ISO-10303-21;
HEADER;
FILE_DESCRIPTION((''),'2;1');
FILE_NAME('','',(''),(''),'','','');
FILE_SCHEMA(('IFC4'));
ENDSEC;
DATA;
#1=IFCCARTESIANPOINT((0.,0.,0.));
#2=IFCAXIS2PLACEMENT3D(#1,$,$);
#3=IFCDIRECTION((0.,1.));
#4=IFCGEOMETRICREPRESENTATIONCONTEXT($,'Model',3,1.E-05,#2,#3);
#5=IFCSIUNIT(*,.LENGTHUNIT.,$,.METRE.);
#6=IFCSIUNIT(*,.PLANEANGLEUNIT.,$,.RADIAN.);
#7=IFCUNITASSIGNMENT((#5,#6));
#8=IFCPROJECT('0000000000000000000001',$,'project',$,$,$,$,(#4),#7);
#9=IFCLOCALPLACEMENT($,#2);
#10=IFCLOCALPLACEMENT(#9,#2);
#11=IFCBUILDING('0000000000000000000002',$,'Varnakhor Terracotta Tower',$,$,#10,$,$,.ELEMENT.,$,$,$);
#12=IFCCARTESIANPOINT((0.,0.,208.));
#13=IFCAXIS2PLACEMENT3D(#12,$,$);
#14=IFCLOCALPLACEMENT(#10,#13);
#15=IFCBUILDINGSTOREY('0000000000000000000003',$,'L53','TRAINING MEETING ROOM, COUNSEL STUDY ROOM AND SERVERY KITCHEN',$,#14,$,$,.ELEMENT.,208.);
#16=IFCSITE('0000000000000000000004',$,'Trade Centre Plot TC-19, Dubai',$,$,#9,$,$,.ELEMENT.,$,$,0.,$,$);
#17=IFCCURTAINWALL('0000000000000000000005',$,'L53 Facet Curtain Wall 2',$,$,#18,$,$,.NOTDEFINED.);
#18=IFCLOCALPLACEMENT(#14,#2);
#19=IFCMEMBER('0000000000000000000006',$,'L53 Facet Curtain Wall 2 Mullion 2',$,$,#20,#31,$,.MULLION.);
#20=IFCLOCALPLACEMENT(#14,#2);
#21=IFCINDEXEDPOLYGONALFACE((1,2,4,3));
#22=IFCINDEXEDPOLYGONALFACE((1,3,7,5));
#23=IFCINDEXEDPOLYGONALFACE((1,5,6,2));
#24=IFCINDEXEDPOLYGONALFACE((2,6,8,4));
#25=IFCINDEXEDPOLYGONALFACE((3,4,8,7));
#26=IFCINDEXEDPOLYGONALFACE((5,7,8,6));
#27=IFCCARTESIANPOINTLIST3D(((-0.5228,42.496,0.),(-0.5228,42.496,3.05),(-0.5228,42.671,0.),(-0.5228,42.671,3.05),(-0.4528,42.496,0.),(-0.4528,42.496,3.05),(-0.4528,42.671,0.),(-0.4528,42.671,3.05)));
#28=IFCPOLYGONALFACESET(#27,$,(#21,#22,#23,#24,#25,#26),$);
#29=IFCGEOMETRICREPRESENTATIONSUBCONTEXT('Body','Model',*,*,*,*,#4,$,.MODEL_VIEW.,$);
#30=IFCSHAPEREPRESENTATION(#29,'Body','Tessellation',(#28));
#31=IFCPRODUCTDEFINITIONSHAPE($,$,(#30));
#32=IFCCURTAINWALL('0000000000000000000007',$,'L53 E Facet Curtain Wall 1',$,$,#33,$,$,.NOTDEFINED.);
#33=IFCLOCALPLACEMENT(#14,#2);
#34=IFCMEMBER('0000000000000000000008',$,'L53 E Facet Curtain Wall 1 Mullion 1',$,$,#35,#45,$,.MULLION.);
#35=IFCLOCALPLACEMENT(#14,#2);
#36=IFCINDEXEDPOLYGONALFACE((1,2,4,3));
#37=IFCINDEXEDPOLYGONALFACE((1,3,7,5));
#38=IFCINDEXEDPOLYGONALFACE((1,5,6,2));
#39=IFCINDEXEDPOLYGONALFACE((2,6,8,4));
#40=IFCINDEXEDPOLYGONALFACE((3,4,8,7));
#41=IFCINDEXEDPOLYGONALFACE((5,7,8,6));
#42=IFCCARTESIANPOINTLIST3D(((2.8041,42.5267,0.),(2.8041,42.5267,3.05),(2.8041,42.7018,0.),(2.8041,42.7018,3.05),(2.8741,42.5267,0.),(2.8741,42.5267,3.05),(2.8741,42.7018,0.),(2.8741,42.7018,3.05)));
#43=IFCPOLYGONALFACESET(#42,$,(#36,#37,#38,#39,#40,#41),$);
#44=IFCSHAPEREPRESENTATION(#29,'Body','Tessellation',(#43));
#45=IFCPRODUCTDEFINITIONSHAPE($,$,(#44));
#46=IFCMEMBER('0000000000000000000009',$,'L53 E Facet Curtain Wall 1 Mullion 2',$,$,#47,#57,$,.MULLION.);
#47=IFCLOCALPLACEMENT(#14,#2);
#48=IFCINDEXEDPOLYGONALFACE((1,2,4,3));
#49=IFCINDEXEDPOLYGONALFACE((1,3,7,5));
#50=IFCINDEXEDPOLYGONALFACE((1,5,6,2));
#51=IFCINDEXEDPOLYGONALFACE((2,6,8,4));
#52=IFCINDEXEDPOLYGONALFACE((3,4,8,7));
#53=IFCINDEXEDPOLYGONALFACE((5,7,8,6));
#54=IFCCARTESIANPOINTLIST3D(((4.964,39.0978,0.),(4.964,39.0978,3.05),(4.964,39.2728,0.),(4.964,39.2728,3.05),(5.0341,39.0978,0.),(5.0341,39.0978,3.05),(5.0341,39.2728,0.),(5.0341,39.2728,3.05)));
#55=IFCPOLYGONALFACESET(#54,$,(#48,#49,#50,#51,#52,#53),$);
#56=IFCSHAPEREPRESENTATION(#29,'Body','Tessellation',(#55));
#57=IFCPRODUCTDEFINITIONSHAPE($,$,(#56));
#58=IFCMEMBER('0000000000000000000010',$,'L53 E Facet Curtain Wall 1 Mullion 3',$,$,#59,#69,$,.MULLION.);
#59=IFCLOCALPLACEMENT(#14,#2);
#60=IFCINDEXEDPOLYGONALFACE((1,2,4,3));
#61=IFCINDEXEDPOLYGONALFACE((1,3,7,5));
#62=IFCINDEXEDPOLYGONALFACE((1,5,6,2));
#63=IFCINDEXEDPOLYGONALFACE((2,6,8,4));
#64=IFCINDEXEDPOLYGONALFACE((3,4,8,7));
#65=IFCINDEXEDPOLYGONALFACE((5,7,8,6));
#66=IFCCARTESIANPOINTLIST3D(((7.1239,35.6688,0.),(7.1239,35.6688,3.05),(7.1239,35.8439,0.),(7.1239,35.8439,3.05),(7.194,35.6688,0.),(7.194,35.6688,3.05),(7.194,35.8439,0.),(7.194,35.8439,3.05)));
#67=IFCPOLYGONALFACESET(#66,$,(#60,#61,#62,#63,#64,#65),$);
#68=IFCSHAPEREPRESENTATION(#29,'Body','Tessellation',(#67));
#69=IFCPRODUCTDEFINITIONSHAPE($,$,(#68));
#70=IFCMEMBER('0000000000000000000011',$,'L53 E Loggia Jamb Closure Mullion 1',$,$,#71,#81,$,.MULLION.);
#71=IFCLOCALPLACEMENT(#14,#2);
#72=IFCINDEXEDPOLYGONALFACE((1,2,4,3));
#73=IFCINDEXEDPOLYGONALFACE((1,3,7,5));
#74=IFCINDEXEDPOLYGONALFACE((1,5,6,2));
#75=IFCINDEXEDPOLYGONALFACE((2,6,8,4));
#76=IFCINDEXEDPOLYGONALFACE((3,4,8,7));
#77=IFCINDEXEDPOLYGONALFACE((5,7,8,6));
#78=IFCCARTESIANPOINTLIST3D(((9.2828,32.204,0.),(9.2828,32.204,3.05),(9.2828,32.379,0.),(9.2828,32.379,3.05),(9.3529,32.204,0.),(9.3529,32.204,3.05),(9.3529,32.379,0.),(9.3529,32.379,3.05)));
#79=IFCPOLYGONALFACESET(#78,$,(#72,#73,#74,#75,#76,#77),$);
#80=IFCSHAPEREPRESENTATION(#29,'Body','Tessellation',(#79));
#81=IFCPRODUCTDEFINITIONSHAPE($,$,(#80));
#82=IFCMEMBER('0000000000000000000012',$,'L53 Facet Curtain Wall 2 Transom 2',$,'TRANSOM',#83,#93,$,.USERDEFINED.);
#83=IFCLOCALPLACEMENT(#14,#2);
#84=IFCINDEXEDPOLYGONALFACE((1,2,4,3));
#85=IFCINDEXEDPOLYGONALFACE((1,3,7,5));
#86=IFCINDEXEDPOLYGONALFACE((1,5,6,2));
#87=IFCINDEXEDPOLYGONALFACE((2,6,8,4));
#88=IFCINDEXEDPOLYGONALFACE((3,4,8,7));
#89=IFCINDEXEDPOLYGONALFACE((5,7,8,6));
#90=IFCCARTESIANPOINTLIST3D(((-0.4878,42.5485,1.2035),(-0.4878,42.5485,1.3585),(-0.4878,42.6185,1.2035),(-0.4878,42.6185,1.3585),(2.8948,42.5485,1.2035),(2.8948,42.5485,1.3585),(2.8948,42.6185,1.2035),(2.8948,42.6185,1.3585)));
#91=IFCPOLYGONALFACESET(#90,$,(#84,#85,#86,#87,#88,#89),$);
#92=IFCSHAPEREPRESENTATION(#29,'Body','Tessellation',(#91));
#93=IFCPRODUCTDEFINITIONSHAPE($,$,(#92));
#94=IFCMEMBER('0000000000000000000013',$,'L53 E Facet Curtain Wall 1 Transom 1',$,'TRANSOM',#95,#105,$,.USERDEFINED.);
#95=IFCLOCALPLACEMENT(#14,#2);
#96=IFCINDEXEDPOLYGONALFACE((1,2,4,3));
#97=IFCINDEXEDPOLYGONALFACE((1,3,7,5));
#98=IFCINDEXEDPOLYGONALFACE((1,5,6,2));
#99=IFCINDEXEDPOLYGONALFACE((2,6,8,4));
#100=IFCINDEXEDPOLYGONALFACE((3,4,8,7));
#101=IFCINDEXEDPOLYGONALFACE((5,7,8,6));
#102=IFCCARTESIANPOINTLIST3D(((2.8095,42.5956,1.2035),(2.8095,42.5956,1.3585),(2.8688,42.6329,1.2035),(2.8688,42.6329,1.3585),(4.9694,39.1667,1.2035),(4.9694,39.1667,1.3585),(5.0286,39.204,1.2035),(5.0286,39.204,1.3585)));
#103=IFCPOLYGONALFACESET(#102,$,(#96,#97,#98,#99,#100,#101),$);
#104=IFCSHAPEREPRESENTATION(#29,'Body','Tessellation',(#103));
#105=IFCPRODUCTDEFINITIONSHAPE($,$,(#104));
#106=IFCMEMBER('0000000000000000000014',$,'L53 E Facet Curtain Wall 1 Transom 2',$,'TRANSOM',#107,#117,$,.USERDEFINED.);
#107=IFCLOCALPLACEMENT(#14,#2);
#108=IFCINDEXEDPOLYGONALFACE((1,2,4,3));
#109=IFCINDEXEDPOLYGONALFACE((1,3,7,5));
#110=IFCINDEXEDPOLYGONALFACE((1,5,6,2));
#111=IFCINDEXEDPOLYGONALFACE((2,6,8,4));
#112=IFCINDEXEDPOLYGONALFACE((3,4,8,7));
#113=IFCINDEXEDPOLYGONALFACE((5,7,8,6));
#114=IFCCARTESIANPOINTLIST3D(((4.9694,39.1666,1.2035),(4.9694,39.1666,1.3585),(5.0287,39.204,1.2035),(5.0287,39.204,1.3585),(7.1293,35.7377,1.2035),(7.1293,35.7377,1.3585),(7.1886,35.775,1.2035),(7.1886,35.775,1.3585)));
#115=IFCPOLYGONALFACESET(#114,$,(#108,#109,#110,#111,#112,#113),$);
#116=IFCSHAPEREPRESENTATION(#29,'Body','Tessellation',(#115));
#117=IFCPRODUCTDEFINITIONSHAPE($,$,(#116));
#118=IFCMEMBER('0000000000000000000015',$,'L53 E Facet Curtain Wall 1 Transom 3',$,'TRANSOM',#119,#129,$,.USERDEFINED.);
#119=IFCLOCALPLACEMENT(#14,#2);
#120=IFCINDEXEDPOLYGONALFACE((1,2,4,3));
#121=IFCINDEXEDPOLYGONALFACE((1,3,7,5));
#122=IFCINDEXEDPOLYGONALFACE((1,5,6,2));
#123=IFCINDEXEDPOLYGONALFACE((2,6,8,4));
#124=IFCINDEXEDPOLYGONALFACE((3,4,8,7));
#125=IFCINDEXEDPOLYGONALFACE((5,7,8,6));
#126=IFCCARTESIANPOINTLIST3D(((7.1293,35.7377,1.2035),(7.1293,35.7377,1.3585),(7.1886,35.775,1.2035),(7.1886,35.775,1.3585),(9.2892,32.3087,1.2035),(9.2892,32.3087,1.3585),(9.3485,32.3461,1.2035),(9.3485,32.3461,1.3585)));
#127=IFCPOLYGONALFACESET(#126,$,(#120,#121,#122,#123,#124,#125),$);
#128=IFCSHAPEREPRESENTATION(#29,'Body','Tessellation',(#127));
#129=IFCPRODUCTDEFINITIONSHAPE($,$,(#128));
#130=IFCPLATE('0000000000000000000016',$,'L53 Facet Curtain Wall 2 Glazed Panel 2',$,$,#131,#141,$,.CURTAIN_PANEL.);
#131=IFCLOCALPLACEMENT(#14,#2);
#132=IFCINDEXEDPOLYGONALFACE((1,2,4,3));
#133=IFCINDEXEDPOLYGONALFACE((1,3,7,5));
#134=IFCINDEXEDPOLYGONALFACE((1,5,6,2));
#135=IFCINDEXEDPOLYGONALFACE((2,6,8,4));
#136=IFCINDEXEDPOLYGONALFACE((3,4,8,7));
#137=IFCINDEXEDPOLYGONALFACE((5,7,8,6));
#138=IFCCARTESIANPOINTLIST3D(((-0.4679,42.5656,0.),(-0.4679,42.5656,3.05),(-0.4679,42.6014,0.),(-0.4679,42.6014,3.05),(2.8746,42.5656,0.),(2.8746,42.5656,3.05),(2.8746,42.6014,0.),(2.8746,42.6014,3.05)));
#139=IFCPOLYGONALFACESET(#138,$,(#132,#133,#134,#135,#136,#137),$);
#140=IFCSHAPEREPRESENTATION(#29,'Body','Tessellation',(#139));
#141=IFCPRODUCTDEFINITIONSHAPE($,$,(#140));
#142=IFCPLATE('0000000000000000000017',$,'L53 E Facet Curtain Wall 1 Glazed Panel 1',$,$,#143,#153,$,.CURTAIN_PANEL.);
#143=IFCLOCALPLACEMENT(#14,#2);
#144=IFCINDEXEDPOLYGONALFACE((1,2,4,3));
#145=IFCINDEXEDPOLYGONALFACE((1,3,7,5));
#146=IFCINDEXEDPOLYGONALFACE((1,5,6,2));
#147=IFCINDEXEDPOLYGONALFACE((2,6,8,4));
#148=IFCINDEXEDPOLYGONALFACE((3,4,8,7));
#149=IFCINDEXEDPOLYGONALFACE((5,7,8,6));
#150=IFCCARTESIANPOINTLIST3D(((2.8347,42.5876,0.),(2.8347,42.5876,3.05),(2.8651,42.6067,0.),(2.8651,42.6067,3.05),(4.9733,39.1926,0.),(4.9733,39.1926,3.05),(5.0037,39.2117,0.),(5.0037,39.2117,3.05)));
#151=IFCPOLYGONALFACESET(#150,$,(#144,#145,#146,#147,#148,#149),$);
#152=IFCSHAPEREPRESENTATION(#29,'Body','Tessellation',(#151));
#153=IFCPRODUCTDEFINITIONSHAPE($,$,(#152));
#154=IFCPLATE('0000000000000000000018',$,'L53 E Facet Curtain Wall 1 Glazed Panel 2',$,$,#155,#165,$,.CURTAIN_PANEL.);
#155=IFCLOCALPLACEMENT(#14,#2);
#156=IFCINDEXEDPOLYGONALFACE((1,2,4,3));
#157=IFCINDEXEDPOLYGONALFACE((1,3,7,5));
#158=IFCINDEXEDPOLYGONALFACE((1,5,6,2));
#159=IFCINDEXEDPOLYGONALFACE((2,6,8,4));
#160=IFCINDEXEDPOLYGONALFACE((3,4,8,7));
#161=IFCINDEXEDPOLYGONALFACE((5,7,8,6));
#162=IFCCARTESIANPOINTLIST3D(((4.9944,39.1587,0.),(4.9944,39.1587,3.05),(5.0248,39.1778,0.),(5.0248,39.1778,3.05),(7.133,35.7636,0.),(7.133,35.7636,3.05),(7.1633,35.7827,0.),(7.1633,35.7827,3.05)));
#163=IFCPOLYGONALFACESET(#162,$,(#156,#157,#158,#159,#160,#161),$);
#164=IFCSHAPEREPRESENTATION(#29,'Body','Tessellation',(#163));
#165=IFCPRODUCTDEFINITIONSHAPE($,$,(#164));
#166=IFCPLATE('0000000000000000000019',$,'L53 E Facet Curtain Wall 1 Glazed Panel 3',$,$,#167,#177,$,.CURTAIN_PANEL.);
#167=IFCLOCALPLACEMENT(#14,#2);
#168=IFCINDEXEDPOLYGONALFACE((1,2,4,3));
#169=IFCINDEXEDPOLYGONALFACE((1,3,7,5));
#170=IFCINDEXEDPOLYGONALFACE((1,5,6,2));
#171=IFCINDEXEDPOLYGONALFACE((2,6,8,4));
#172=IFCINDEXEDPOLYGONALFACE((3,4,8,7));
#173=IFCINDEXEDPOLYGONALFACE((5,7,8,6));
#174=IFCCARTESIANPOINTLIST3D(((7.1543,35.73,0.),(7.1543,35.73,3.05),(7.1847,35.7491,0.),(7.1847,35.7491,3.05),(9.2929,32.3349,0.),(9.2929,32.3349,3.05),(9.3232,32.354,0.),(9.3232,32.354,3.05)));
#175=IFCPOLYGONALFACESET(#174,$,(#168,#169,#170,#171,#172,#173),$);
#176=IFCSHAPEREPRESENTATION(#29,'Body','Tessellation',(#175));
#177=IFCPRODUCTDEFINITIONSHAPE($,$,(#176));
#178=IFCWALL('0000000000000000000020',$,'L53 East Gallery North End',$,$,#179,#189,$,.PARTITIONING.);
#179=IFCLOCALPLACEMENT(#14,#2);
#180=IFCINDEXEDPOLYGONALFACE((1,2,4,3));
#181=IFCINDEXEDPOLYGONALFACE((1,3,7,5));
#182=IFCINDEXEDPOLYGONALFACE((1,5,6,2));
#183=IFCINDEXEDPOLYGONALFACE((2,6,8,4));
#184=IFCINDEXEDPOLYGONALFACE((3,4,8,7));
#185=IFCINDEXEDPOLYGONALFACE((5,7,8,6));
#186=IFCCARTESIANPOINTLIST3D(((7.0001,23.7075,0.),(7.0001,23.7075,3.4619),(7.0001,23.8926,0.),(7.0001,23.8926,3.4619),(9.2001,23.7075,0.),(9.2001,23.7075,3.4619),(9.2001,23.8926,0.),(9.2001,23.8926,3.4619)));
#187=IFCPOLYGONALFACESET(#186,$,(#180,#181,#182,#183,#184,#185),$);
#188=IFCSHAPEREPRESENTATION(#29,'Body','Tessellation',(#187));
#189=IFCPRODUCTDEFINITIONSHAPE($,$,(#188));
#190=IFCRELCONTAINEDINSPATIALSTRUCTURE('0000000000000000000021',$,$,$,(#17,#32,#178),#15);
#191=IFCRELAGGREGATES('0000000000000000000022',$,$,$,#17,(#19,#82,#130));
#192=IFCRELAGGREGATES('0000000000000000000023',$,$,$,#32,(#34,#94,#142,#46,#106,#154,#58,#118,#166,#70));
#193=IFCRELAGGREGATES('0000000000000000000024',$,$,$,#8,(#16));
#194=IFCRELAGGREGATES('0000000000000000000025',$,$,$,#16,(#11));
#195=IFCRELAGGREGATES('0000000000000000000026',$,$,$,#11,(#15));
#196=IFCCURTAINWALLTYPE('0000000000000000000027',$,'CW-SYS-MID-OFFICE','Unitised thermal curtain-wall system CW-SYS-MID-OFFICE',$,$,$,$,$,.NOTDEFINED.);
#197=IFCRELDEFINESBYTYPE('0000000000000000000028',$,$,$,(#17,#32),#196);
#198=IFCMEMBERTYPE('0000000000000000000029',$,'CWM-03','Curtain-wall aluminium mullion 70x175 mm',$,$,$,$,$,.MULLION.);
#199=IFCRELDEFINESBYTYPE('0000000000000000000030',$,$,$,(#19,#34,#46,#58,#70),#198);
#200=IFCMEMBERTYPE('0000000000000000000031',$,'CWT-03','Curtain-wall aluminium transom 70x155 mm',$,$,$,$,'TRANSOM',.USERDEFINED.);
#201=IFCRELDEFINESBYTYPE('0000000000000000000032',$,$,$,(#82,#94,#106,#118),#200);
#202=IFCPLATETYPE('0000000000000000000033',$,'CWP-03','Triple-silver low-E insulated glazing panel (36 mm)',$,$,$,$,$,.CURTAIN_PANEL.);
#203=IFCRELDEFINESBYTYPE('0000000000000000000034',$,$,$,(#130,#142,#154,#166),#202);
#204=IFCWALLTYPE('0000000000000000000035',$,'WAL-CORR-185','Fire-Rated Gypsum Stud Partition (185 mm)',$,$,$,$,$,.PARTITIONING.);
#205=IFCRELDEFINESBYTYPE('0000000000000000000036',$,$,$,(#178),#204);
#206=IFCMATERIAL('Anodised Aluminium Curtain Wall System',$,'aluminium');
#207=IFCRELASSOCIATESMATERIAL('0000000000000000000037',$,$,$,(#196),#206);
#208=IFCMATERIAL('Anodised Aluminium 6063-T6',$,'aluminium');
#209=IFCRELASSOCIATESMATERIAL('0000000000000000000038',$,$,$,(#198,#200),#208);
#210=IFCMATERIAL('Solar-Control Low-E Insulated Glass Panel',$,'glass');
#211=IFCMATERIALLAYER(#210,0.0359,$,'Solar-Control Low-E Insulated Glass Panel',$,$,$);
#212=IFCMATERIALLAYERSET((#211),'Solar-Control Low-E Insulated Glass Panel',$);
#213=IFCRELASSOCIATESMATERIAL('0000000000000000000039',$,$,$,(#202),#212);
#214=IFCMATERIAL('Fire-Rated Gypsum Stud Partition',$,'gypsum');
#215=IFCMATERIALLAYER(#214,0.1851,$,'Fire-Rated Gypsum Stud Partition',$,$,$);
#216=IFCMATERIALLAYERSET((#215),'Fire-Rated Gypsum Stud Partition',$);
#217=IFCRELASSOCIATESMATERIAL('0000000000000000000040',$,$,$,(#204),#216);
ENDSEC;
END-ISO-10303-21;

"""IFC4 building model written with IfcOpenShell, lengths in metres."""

from ifc_helpers import new_model, si_unit, direction, frame, frame_2d, origin, origin_2d, place, context, subcontext, project, spatial, rectangle, extrude, source, transform, mapped, material, layer, layer_set, material_profile, profile_set, type_object, element, aggregate, save


model = new_model("IFC4")

# Units and contexts
model_context = context("Model", 3, precision=1e-05, world=origin(), true_north=direction((0.0, 1.0)))
body_context = subcontext(model_context, "Body", "Model", "MODEL_VIEW")
ifc_project = project(units=[si_unit("LENGTHUNIT", "METRE"), si_unit("PLANEANGLEUNIT", "RADIAN")], contexts=[model_context])

# Site, building, storey
site_placement = place(None, origin())
site = spatial("IfcSite", under=ifc_project, at=site_placement, Name="Trade Centre Plot TC-19, Dubai", CompositionType="ELEMENT", RefElevation=0.0)
building_placement = place(site_placement, origin())
building = spatial("IfcBuilding", under=site, at=building_placement, Name="Varnakhor Terracotta Tower", CompositionType="ELEMENT")
storey_placement = place(building_placement, frame((0.0, 0.0, 208.0)))
storey = spatial("IfcBuildingStorey", under=building, at=storey_placement, Name="L53", Description="TRAINING MEETING ROOM, COUNSEL STUDY ROOM AND SERVERY KITCHEN", CompositionType="ELEMENT", Elevation=208.0)

# Curtain wall, member
ifc_material_1 = material(Name="Anodised Aluminium Curtain Wall System", Category="aluminium")
curtain_wall_type = type_object("IfcCurtainWallType", Name="CW-SYS-MID-OFFICE", Description="Unitised thermal curtain-wall system CW-SYS-MID-OFFICE", PredefinedType="NOTDEFINED", material=ifc_material_1)
curtain_wall_1_placement = place(storey_placement, origin())
curtain_wall_1 = element("IfcCurtainWall", 1, at=curtain_wall_1_placement, inside=storey, type_object=curtain_wall_type, Name="L53 Facet Curtain Wall 2", PredefinedType="NOTDEFINED")
ifc_material_2 = material(Name="Anodised Aluminium 6063-T6", Category="aluminium")
ifc_material_profile_1 = material_profile(ifc_material_2, rectangle(XDim=0.0701, YDim=0.175, at=origin_2d()), Name="ALU MULLION 70x175")
ifc_profile_set_1 = profile_set([ifc_material_profile_1], Name="Anodised Aluminium 6063-T6")
member_type_1 = type_object("IfcMemberType", Name="CWM-03", Description="Curtain-wall aluminium mullion 70x175 mm", PredefinedType="MULLION", material=ifc_profile_set_1)
shared_shape_1 = source(origin(), body_context, "Body", "SweptSolid", [
    extrude(rectangle(XDim=0.0701, YDim=0.175, at=origin_2d()), origin(), (0.0, 0.0, 1.0), 3.05),
])
member_1_placement = place(storey_placement, frame((-0.4878, 42.5835, 0.0), z_axis=(0.0, 0.0, 1.0), x_axis=(1.0, 0.0, 0.0)))
member_1 = element("IfcMember", 2, at=member_1_placement, type_object=member_type_1, Name="L53 Facet Curtain Wall 2 Mullion 2", PredefinedType="MULLION", context=body_context, shape_type="MappedRepresentation", body=[
    mapped(shared_shape_1, transform((0.0, 0.0, 0.0), scale=1.0)),
])

# Curtain wall, members
curtain_wall_2_placement = place(storey_placement, origin())
curtain_wall_2 = element("IfcCurtainWall", 3, at=curtain_wall_2_placement, inside=storey, type_object=curtain_wall_type, Name="L53 E Facet Curtain Wall 1", PredefinedType="NOTDEFINED")
member_2_placement = place(storey_placement, frame((2.8391, 42.6143, 0.0), z_axis=(0.0, 0.0, 1.0), x_axis=(1.0, 0.0, 0.0)))
member_2 = element("IfcMember", 4, at=member_2_placement, type_object=member_type_1, Name="L53 E Facet Curtain Wall 1 Mullion 1", PredefinedType="MULLION", context=body_context, shape_type="MappedRepresentation", body=[
    mapped(shared_shape_1, transform((0.0, 0.0, 0.0), scale=1.0)),
])
member_3_placement = place(storey_placement, frame((4.999, 39.1853, 0.0), z_axis=(0.0, 0.0, 1.0), x_axis=(1.0, 0.0, 0.0)))
member_3 = element("IfcMember", 5, at=member_3_placement, type_object=member_type_1, Name="L53 E Facet Curtain Wall 1 Mullion 2", PredefinedType="MULLION", context=body_context, shape_type="MappedRepresentation", body=[
    mapped(shared_shape_1, transform((0.0, 0.0, 0.0), scale=1.0)),
])
member_4_placement = place(storey_placement, frame((7.1589, 35.7563, 0.0), z_axis=(0.0, 0.0, 1.0), x_axis=(1.0, 0.0, 0.0)))
member_4 = element("IfcMember", 6, at=member_4_placement, type_object=member_type_1, Name="L53 E Facet Curtain Wall 1 Mullion 3", PredefinedType="MULLION", context=body_context, shape_type="MappedRepresentation", body=[
    mapped(shared_shape_1, transform((0.0, 0.0, 0.0), scale=1.0)),
])
member_5_placement = place(storey_placement, frame((9.3179, 32.2915, 0.0), z_axis=(0.0, 0.0, 1.0), x_axis=(1.0, 0.0, 0.0)))
member_5 = element("IfcMember", 7, at=member_5_placement, type_object=member_type_1, Name="L53 E Loggia Jamb Closure Mullion 1", PredefinedType="MULLION", context=body_context, shape_type="MappedRepresentation", body=[
    mapped(shared_shape_1, transform((0.0, 0.0, 0.0), scale=1.0)),
])

# Members
ifc_material_profile_2 = material_profile(ifc_material_2, rectangle(XDim=0.0701, YDim=0.155, at=origin_2d()), Name="ALU TRANSOM 70x155")
ifc_profile_set_2 = profile_set([ifc_material_profile_2], Name="Anodised Aluminium 6063-T6")
member_type_2 = type_object("IfcMemberType", Name="CWT-03", Description="Curtain-wall aluminium transom 70x155 mm", ElementType="TRANSOM", PredefinedType="USERDEFINED", material=ifc_profile_set_2)
shared_shape_2 = source(origin(), body_context, "Body", "SweptSolid", [
    extrude(rectangle(XDim=0.0701, YDim=0.155, at=origin_2d()), origin(), (0.0, 0.0, 1.0), 3.3826),
])
member_6_placement = place(storey_placement, frame((-0.4878, 42.5835, 1.281), z_axis=(1.0, 0.0, 0.0), x_axis=(0.0, 1.0, 0.0)))
member_6 = element("IfcMember", 8, at=member_6_placement, type_object=member_type_2, Name="L53 Facet Curtain Wall 2 Transom 2", ObjectType="TRANSOM", PredefinedType="USERDEFINED", context=body_context, shape_type="MappedRepresentation", body=[
    mapped(shared_shape_2, transform((0.0, 0.0, 0.0), scale=1.0)),
])
shared_shape_3 = source(origin(), body_context, "Body", "SweptSolid", [
    extrude(rectangle(XDim=0.0701, YDim=0.155, at=origin_2d()), origin(), (0.0, 0.0, 1.0), 4.0525),
])
member_7_placement = place(storey_placement, frame((2.8391, 42.6143, 1.281), z_axis=(0.532979, -0.846128, 0.0), x_axis=(0.846128, 0.532979, 0.0)))
member_7 = element("IfcMember", 9, at=member_7_placement, type_object=member_type_2, Name="L53 E Facet Curtain Wall 1 Transom 1", ObjectType="TRANSOM", PredefinedType="USERDEFINED", context=body_context, shape_type="MappedRepresentation", body=[
    mapped(shared_shape_3, transform((0.0, 0.0, 0.0), scale=1.0)),
])
member_8_placement = place(storey_placement, frame((4.999, 39.1853, 1.281), z_axis=(0.532979, -0.846128, 0.0), x_axis=(0.846128, 0.532979, 0.0)))
member_8 = element("IfcMember", 10, at=member_8_placement, type_object=member_type_2, Name="L53 E Facet Curtain Wall 1 Transom 2", ObjectType="TRANSOM", PredefinedType="USERDEFINED", context=body_context, shape_type="MappedRepresentation", body=[
    mapped(shared_shape_3, transform((0.0, 0.0, 0.0), scale=1.0)),
])
member_9_placement = place(storey_placement, frame((7.1589, 35.7563, 1.281), z_axis=(0.532979, -0.846128, 0.0), x_axis=(0.846128, 0.532979, 0.0)))
member_9 = element("IfcMember", 11, at=member_9_placement, type_object=member_type_2, Name="L53 E Facet Curtain Wall 1 Transom 3", ObjectType="TRANSOM", PredefinedType="USERDEFINED", context=body_context, shape_type="MappedRepresentation", body=[
    mapped(shared_shape_3, transform((0.0, 0.0, 0.0), scale=1.0)),
])

# Plates
ifc_material_3 = material(Name="Solar-Control Low-E Insulated Glass Panel", Category="glass")
ifc_layer_1 = layer(ifc_material_3, 0.0359, Name="Solar-Control Low-E Insulated Glass Panel")
ifc_layer_set_1 = layer_set([ifc_layer_1], Name="Solar-Control Low-E Insulated Glass Panel")
plate_type = type_object("IfcPlateType", Name="CWP-03", Description="Triple-silver low-E insulated glazing panel (36 mm)", PredefinedType="CURTAIN_PANEL", material=ifc_layer_set_1)
shared_shape_4 = source(origin(), body_context, "Body", "SweptSolid", [
    extrude(rectangle(XDim=3.3425, YDim=0.0359, at=origin_2d()), origin(), (0.0, 0.0, 1.0), 3.05),
])
plate_1_placement = place(storey_placement, frame((1.2034, 42.5835, 0.0), z_axis=(0.0, 0.0, 1.0), x_axis=(1.0, 0.0, 0.0)))
plate_1 = element("IfcPlate", 12, at=plate_1_placement, type_object=plate_type, Name="L53 Facet Curtain Wall 2 Glazed Panel 2", PredefinedType="CURTAIN_PANEL", context=body_context, shape_type="MappedRepresentation", body=[
    mapped(shared_shape_4, transform((0.0, 0.0, 0.0), scale=1.0)),
])
aggregate(curtain_wall_1, [member_1, member_6, plate_1])
shared_shape_5 = source(origin(), body_context, "Body", "SweptSolid", [
    extrude(rectangle(XDim=4.0125, YDim=0.0359, at=origin_2d()), origin(), (0.0, 0.0, 1.0), 3.05),
])
plate_2_placement = place(storey_placement, frame((3.9192, 40.8997, 0.0), z_axis=(0.0, 0.0, 1.0), x_axis=(0.53298, -0.846128, 0.0)))
plate_2 = element("IfcPlate", 13, at=plate_2_placement, type_object=plate_type, Name="L53 E Facet Curtain Wall 1 Glazed Panel 1", PredefinedType="CURTAIN_PANEL", context=body_context, shape_type="MappedRepresentation", body=[
    mapped(shared_shape_5, transform((0.0, 0.0, 0.0), scale=1.0)),
])
plate_3_placement = place(storey_placement, frame((6.0789, 37.4707, 0.0), z_axis=(0.0, 0.0, 1.0), x_axis=(0.53298, -0.846128, 0.0)))
plate_3 = element("IfcPlate", 14, at=plate_3_placement, type_object=plate_type, Name="L53 E Facet Curtain Wall 1 Glazed Panel 2", PredefinedType="CURTAIN_PANEL", context=body_context, shape_type="MappedRepresentation", body=[
    mapped(shared_shape_5, transform((0.0, 0.0, 0.0), scale=1.0)),
])
plate_4_placement = place(storey_placement, frame((8.2388, 34.042, 0.0), z_axis=(0.0, 0.0, 1.0), x_axis=(0.53298, -0.846128, 0.0)))
plate_4 = element("IfcPlate", 15, at=plate_4_placement, type_object=plate_type, Name="L53 E Facet Curtain Wall 1 Glazed Panel 3", PredefinedType="CURTAIN_PANEL", context=body_context, shape_type="MappedRepresentation", body=[
    mapped(shared_shape_5, transform((0.0, 0.0, 0.0), scale=1.0)),
])
aggregate(curtain_wall_2, [member_2, member_7, plate_2, member_3, member_8, plate_3, member_4, member_9, plate_4, member_5])

# Wall
ifc_material_4 = material(Name="Fire-Rated Gypsum Stud Partition", Category="gypsum")
ifc_layer_2 = layer(ifc_material_4, 0.1851, Name="Fire-Rated Gypsum Stud Partition")
ifc_layer_set_2 = layer_set([ifc_layer_2], Name="Fire-Rated Gypsum Stud Partition")
wall_type_1 = type_object("IfcWallType", Name="WAL-CORR-185", Description="Fire-Rated Gypsum Stud Partition (185 mm)", PredefinedType="PARTITIONING", material=ifc_layer_set_2)
wall_1_placement = place(storey_placement, frame((7.0, 23.8, 0.0), z_axis=(0.0, 0.0, 1.0), x_axis=(1.0, 0.0, 0.0)))
element("IfcWall", 16, at=wall_1_placement, inside=storey, type_object=wall_type_1, Name="L53 East Gallery North End", PredefinedType="PARTITIONING", context=body_context, shape_type="SweptSolid", body=[
    extrude(rectangle(XDim=2.2, YDim=0.1851, at=frame_2d((1.1001, 0.0))), origin(), (0.0, 0.0, 1.0), 3.4619),
])

save(model, "model.ifc")
